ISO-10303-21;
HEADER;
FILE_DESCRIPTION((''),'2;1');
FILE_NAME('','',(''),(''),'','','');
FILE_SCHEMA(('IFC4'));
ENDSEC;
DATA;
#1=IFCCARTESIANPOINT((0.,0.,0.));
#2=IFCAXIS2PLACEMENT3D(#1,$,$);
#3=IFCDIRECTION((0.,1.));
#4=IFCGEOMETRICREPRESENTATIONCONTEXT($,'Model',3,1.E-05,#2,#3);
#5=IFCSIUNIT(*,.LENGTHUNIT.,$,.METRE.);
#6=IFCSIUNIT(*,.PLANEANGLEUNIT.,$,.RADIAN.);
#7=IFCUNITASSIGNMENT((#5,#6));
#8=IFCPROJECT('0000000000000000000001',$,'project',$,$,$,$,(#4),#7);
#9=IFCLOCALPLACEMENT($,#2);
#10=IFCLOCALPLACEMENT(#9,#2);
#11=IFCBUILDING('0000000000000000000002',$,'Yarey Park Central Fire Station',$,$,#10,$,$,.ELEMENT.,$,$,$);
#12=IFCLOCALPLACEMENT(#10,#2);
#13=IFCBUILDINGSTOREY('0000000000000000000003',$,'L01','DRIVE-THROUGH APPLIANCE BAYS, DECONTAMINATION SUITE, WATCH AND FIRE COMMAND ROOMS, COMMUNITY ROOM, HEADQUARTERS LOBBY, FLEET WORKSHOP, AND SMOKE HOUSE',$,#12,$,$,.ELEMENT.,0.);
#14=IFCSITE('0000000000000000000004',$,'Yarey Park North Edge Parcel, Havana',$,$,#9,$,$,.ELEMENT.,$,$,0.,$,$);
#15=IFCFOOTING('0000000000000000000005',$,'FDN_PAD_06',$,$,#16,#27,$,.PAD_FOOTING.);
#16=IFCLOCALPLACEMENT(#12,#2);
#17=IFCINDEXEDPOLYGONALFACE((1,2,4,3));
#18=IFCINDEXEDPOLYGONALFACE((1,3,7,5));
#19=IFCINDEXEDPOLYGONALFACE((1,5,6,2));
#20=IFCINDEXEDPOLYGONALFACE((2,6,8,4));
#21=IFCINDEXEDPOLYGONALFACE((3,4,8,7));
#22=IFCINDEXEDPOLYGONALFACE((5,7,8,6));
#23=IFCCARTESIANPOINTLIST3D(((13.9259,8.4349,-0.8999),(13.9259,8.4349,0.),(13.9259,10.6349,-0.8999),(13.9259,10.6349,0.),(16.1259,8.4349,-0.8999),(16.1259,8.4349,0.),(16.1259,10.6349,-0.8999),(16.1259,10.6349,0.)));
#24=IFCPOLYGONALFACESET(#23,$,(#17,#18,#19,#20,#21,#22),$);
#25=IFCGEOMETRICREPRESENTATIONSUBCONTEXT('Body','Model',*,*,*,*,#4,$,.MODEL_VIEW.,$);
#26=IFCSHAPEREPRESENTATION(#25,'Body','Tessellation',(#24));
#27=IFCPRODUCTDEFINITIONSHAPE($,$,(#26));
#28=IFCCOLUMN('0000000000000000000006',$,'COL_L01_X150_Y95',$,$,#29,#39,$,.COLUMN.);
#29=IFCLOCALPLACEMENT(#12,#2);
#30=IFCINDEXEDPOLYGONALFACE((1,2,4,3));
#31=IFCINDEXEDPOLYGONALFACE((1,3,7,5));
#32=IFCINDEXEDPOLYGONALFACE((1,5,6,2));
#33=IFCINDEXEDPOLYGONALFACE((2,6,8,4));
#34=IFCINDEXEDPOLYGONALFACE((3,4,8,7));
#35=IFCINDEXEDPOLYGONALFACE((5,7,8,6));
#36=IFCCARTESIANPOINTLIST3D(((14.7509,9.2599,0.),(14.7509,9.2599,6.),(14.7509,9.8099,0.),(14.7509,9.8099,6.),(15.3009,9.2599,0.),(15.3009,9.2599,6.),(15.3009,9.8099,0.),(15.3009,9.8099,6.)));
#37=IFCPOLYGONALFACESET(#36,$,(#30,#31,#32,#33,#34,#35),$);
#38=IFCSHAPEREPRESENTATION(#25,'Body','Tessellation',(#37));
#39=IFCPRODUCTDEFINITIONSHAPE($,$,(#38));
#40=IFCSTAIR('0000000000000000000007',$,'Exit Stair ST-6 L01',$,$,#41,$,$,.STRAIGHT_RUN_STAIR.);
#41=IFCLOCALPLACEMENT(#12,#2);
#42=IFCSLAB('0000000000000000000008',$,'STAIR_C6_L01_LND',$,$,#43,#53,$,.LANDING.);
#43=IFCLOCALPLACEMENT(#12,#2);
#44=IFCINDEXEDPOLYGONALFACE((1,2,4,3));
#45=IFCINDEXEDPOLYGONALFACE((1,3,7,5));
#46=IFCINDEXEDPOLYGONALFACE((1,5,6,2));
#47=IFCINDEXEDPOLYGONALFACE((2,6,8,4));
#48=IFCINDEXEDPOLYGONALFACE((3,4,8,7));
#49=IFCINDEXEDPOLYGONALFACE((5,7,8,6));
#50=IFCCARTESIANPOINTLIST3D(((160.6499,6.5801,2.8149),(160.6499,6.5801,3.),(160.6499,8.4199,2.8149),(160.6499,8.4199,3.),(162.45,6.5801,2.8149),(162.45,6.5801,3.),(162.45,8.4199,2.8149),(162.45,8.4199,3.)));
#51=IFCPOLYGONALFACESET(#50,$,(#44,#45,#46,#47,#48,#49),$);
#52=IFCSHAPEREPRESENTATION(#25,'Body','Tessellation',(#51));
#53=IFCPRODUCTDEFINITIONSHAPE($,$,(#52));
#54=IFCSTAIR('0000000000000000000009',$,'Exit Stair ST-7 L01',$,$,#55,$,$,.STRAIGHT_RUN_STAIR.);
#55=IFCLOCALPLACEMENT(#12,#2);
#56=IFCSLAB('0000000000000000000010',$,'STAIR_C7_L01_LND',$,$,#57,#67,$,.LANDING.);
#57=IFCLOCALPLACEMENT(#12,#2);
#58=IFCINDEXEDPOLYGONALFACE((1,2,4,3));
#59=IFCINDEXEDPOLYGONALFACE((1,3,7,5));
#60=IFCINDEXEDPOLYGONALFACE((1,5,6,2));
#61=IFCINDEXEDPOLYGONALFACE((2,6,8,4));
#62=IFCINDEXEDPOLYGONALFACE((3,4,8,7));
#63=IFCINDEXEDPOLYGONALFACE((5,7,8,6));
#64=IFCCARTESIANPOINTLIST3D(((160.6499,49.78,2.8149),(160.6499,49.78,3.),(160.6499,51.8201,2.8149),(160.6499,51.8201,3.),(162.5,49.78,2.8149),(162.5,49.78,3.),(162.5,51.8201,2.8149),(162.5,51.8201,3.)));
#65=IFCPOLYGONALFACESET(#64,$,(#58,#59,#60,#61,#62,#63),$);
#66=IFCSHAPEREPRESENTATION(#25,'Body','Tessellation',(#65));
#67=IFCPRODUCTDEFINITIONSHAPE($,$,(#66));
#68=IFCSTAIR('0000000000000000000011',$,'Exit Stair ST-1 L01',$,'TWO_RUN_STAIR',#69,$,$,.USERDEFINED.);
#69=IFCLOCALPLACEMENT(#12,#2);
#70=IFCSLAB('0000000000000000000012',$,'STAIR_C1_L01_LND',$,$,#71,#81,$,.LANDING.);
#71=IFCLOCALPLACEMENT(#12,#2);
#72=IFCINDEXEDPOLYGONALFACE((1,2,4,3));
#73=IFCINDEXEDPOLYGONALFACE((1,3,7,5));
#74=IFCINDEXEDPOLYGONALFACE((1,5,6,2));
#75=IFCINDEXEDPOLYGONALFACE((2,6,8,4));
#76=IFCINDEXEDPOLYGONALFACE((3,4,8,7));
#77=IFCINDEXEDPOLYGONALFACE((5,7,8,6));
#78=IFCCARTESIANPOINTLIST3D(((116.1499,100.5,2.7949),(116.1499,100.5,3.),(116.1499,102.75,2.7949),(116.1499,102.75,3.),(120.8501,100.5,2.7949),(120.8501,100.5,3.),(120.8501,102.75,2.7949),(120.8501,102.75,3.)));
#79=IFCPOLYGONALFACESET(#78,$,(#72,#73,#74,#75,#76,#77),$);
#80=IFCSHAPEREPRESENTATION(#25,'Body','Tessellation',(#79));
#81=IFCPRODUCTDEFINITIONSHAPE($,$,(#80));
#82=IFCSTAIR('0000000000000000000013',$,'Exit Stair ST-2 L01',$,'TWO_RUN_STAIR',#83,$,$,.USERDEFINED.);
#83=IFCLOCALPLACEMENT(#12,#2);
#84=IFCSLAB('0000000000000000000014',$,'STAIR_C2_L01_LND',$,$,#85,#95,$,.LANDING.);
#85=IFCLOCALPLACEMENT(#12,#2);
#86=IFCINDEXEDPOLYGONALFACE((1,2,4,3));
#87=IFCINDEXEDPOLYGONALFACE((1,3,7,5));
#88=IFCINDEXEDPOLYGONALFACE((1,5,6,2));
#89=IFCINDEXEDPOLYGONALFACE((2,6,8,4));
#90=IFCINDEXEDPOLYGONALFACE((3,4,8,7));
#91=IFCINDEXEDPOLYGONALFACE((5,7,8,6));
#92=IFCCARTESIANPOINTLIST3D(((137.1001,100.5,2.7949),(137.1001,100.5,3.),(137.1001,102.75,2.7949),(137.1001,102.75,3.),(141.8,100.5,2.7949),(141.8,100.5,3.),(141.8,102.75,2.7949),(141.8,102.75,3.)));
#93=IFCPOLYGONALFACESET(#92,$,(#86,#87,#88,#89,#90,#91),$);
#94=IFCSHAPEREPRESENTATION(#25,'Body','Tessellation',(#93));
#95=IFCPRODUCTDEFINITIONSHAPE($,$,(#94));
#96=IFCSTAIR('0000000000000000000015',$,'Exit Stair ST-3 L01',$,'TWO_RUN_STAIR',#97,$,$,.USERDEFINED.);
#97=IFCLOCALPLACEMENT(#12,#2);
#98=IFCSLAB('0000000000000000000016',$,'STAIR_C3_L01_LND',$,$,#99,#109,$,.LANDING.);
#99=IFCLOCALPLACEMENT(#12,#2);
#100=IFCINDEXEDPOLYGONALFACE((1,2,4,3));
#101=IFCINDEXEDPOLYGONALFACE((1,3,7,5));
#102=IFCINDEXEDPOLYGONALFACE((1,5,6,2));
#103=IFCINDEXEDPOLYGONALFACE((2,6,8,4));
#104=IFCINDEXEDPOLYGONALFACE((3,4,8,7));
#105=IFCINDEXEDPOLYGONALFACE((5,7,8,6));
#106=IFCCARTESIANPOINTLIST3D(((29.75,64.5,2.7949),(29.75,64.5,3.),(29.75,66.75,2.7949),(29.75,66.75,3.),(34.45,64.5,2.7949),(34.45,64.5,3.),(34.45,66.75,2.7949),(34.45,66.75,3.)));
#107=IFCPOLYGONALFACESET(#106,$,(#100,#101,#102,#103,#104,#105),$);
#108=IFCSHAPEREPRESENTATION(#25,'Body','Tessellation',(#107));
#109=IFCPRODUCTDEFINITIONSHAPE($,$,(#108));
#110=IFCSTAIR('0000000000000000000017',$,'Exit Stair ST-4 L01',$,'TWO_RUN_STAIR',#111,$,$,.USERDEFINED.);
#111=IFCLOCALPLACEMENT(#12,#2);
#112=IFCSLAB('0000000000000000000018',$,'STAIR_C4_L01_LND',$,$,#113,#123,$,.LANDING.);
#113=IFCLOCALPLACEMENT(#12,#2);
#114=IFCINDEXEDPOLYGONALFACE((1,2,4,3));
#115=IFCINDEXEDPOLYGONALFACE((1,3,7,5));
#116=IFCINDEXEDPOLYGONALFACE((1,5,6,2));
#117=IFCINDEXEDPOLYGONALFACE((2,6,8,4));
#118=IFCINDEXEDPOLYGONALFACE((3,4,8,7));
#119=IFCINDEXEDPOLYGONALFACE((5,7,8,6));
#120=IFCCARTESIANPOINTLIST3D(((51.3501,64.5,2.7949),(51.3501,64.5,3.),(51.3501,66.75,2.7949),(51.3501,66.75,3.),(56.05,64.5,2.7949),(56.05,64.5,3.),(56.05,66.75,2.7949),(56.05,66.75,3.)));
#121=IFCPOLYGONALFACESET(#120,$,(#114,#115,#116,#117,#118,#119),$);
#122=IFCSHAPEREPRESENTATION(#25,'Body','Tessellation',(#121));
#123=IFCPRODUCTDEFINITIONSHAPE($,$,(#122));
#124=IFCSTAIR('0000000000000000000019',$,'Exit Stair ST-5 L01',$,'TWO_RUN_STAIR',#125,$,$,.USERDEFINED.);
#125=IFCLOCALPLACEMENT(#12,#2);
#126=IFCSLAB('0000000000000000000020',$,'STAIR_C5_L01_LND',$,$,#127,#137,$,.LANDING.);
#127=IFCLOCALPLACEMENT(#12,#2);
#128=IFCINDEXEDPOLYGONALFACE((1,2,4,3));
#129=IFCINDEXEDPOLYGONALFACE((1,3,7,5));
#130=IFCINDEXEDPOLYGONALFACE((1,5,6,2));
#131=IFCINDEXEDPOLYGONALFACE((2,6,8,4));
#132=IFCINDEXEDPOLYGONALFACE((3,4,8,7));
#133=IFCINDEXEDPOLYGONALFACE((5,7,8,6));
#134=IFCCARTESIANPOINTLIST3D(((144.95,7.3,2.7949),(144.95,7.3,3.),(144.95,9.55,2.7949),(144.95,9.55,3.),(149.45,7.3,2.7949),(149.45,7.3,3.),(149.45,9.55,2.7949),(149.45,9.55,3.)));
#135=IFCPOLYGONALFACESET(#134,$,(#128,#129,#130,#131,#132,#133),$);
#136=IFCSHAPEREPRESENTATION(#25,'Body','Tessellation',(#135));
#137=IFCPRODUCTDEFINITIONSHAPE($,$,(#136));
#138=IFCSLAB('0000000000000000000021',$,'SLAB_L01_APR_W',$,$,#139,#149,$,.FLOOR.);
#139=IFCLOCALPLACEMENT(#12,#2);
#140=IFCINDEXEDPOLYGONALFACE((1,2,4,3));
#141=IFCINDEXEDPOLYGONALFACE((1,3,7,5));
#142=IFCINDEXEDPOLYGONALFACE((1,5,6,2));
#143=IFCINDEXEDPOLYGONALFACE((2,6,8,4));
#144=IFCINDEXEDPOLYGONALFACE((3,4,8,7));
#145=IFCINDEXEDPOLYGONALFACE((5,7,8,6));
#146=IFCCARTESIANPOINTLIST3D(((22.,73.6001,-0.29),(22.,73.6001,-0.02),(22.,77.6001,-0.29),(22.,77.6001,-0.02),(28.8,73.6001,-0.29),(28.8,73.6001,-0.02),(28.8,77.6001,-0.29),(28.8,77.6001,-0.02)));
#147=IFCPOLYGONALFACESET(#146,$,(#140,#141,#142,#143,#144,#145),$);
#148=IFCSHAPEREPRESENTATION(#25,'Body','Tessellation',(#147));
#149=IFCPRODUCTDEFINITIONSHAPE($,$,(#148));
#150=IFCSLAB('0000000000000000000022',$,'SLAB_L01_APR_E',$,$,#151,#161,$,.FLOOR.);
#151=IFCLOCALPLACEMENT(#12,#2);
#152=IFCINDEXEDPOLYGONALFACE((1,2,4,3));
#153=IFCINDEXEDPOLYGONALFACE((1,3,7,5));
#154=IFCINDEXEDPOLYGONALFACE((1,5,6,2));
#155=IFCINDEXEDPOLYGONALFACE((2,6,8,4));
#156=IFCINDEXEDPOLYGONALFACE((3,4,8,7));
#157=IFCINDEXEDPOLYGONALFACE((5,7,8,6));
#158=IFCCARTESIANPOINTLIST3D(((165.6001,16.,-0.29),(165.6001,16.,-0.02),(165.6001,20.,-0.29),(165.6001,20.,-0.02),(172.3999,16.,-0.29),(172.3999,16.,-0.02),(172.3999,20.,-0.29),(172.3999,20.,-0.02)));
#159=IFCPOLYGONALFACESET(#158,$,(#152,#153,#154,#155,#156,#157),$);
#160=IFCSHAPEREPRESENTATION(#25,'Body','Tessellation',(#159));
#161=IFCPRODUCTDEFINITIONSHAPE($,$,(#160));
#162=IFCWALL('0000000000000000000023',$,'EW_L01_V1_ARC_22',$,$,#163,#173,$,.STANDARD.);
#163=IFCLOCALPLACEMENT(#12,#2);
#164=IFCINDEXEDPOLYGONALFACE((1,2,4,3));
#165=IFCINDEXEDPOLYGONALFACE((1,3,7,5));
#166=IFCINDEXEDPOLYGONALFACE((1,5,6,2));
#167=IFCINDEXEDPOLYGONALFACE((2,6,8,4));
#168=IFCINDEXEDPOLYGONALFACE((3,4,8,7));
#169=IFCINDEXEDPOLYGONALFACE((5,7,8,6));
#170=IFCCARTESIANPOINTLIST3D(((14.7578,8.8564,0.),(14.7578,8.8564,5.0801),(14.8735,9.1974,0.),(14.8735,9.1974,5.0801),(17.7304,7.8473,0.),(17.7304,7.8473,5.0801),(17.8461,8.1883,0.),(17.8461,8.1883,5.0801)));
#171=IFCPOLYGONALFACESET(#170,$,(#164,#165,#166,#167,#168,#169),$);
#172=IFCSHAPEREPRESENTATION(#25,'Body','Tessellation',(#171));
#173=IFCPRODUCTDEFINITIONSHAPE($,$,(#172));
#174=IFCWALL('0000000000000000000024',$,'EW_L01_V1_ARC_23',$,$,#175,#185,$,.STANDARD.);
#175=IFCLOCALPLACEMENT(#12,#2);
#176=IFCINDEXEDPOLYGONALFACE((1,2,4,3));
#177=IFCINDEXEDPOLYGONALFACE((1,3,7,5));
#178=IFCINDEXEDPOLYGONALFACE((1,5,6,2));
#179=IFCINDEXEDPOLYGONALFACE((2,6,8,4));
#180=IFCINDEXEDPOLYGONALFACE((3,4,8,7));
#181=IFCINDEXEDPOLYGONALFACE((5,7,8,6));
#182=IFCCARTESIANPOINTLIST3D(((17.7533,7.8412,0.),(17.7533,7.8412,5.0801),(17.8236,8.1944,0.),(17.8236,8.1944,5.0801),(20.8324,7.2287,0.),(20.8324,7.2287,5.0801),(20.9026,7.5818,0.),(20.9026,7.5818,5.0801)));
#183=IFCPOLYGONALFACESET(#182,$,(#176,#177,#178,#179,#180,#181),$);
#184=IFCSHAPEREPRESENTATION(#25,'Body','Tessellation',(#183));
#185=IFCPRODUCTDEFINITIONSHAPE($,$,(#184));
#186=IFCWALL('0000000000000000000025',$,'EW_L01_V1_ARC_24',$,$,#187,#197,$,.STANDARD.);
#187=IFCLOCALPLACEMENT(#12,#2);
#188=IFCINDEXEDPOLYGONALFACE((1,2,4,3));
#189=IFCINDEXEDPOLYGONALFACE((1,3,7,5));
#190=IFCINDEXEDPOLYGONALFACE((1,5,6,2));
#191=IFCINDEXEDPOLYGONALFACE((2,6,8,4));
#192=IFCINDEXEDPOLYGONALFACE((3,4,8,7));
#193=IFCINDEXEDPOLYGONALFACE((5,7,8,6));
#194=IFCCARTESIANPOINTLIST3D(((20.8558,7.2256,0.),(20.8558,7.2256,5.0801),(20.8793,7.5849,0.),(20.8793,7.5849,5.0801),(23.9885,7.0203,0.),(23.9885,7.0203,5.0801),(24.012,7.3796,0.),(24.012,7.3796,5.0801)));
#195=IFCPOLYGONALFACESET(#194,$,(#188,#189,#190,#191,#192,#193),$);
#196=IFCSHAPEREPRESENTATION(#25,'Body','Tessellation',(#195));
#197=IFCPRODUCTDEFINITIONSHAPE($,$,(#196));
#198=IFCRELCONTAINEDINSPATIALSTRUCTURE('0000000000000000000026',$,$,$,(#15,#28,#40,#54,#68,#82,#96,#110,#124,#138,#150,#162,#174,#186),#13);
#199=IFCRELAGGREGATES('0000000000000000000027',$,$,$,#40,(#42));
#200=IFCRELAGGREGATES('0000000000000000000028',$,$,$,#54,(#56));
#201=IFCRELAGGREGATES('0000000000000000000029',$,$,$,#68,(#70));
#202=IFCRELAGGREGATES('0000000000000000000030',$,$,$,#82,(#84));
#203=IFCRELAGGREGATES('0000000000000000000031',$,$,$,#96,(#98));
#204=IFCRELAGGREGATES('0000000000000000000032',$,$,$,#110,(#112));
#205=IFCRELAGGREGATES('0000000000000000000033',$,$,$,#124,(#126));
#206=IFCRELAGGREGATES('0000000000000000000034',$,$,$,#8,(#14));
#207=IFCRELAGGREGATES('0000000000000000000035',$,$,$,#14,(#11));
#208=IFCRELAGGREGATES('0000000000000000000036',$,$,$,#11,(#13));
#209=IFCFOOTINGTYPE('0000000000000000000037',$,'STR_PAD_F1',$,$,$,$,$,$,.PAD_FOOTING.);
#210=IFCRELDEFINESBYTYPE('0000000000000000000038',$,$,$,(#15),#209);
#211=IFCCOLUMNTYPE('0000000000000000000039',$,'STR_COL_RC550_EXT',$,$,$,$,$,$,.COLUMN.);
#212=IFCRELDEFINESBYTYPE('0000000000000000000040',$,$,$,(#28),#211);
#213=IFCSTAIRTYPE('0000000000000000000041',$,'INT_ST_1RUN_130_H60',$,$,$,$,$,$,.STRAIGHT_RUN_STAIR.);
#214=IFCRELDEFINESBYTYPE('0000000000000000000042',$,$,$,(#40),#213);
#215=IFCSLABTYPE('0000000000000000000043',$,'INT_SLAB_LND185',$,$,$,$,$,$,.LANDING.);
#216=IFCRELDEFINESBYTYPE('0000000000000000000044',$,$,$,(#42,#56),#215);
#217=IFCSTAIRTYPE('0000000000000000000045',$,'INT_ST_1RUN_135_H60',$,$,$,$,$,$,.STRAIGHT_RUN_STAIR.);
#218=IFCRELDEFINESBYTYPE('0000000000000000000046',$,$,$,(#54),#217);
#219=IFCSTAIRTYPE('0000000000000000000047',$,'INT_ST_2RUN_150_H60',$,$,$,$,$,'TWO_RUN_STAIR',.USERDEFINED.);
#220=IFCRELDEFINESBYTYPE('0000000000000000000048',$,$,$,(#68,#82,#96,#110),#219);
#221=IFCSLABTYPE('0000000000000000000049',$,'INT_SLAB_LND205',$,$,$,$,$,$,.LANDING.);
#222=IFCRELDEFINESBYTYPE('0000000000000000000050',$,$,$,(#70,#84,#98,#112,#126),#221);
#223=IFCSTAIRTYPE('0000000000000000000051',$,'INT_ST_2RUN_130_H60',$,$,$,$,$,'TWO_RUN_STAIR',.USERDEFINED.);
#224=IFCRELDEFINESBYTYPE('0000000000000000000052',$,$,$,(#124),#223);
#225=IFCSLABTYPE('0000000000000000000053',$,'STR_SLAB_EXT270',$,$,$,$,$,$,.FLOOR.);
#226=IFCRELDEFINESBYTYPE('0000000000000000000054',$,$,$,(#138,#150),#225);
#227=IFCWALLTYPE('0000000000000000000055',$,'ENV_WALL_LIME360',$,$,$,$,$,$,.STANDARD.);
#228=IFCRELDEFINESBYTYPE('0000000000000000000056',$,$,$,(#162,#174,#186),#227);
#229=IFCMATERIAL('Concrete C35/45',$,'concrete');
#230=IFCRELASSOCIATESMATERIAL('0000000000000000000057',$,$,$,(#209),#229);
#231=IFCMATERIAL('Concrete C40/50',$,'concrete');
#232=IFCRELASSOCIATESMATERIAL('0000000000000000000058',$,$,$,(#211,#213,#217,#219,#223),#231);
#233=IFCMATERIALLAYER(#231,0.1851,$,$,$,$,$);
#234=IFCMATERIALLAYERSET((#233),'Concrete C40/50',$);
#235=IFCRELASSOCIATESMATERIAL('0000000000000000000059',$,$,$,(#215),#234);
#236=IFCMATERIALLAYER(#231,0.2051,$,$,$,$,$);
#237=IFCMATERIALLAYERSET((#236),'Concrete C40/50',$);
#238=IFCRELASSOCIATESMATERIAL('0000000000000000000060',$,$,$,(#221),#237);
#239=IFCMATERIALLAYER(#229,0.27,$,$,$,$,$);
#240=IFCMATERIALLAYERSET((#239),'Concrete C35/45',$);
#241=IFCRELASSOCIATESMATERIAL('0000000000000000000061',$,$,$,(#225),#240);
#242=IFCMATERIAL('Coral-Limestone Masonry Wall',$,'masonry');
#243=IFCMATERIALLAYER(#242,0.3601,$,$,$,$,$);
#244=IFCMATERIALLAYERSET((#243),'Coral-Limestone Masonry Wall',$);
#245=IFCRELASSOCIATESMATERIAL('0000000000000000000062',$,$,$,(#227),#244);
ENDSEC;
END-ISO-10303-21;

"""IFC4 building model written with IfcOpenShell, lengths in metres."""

from ifc_helpers import new_model, si_unit, direction, frame, frame_2d, origin, origin_2d, place, context, subcontext, project, spatial, polyline, rectangle, outline, extrude, material, layer, layer_set, material_profile, profile_set, type_object, element, aggregate, save


model = new_model("IFC4")

# Units and contexts
model_context = context("Model", 3, precision=1e-05, world=origin(), true_north=direction((0.0, 1.0)))
body_context = subcontext(model_context, "Body", "Model", "MODEL_VIEW")
ifc_project = project(units=[si_unit("LENGTHUNIT", "METRE"), si_unit("PLANEANGLEUNIT", "RADIAN")], contexts=[model_context])

# Site, building, storey
site_placement = place(None, origin())
site = spatial("IfcSite", under=ifc_project, at=site_placement, Name="Yarey Park North Edge Parcel, Havana", CompositionType="ELEMENT", RefElevation=0.0)
building_placement = place(site_placement, origin())
building = spatial("IfcBuilding", under=site, at=building_placement, Name="Yarey Park Central Fire Station", CompositionType="ELEMENT")
storey_placement = place(building_placement, origin())
storey = spatial("IfcBuildingStorey", under=building, at=storey_placement, Name="L01", Description="DRIVE-THROUGH APPLIANCE BAYS, DECONTAMINATION SUITE, WATCH AND FIRE COMMAND ROOMS, COMMUNITY ROOM, HEADQUARTERS LOBBY, FLEET WORKSHOP, AND SMOKE HOUSE", CompositionType="ELEMENT", Elevation=0.0)

# Footing
ifc_material_1 = material(Name="Concrete C35/45", Category="concrete")
footing_type = type_object("IfcFootingType", Name="STR_PAD_F1", PredefinedType="PAD_FOOTING", material=ifc_material_1)
footing_placement = place(storey_placement, frame((15.0259, 9.5349, -0.8999), z_axis=(0.0, 0.0, 1.0), x_axis=(1.0, 0.0, 0.0)))
element("IfcFooting", 1, at=footing_placement, inside=storey, type_object=footing_type, Name="FDN_PAD_06", PredefinedType="PAD_FOOTING", context=body_context, shape_type="SweptSolid", body=[
    extrude(rectangle(XDim=2.2, YDim=2.2, at=origin_2d()), origin(), (0.0, 0.0, 1.0), 0.8999),
])

# Column
ifc_material_2 = material(Name="Concrete C40/50", Category="concrete")
ifc_material_profile = material_profile(ifc_material_2, rectangle(XDim=0.55, YDim=0.55, at=origin_2d()), Name="RC 550x550")
ifc_profile_set = profile_set([ifc_material_profile], Name="Concrete C40/50")
column_type = type_object("IfcColumnType", Name="STR_COL_RC550_EXT", PredefinedType="COLUMN", material=ifc_profile_set)
column_placement = place(storey_placement, frame((15.0259, 9.5349, 0.0), z_axis=(0.0, 0.0, 1.0), x_axis=(1.0, 0.0, 0.0)))
element("IfcColumn", 2, at=column_placement, inside=storey, type_object=column_type, Name="COL_L01_X150_Y95", PredefinedType="COLUMN", context=body_context, shape_type="SweptSolid", body=[
    extrude(rectangle(XDim=0.55, YDim=0.55, at=origin_2d()), origin(), (0.0, 0.0, 1.0), 6.0),
])

# Stairs, slabs
stair_type_1 = type_object("IfcStairType", Name="INT_ST_1RUN_130_H60", PredefinedType="STRAIGHT_RUN_STAIR", material=ifc_material_2)
stair_1_placement = place(storey_placement, origin())
stair_1 = element("IfcStair", 3, at=stair_1_placement, inside=storey, type_object=stair_type_1, Name="Exit Stair ST-6 L01", PredefinedType="STRAIGHT_RUN_STAIR")
ifc_layer_1 = layer(ifc_material_2, 0.1851)
ifc_layer_set_1 = layer_set([ifc_layer_1], Name="Concrete C40/50")
slab_type_1 = type_object("IfcSlabType", Name="INT_SLAB_LND185", PredefinedType="LANDING", material=ifc_layer_set_1)
slab_1_placement = place(storey_placement, frame((0.0, 0.0, 2.8149)))
slab_1 = element("IfcSlab", 4, at=slab_1_placement, type_object=slab_type_1, Name="STAIR_C6_L01_LND", PredefinedType="LANDING", context=body_context, shape_type="SweptSolid", body=[
    extrude(outline(polyline([(160.6499, 6.5801), (162.45, 6.5801), (162.45, 8.4199), (160.6499, 8.4199), (160.6499, 6.5801)])), origin(), (0.0, 0.0, 1.0), 0.1851),
])
aggregate(stair_1, [slab_1])
stair_type_2 = type_object("IfcStairType", Name="INT_ST_1RUN_135_H60", PredefinedType="STRAIGHT_RUN_STAIR", material=ifc_material_2)
stair_2_placement = place(storey_placement, origin())
stair_2 = element("IfcStair", 5, at=stair_2_placement, inside=storey, type_object=stair_type_2, Name="Exit Stair ST-7 L01", PredefinedType="STRAIGHT_RUN_STAIR")
slab_2_placement = place(storey_placement, frame((0.0, 0.0, 2.8149)))
slab_2 = element("IfcSlab", 6, at=slab_2_placement, type_object=slab_type_1, Name="STAIR_C7_L01_LND", PredefinedType="LANDING", context=body_context, shape_type="SweptSolid", body=[
    extrude(outline(polyline([(160.6499, 49.78), (162.5, 49.78), (162.5, 51.8201), (160.6499, 51.8201), (160.6499, 49.78)])), origin(), (0.0, 0.0, 1.0), 0.1851),
])
aggregate(stair_2, [slab_2])
stair_type_3 = type_object("IfcStairType", Name="INT_ST_2RUN_150_H60", ElementType="TWO_RUN_STAIR", PredefinedType="USERDEFINED", material=ifc_material_2)
stair_3_placement = place(storey_placement, origin())
stair_3 = element("IfcStair", 7, at=stair_3_placement, inside=storey, type_object=stair_type_3, Name="Exit Stair ST-1 L01", ObjectType="TWO_RUN_STAIR", PredefinedType="USERDEFINED")
ifc_layer_2 = layer(ifc_material_2, 0.2051)
ifc_layer_set_2 = layer_set([ifc_layer_2], Name="Concrete C40/50")
slab_type_2 = type_object("IfcSlabType", Name="INT_SLAB_LND205", PredefinedType="LANDING", material=ifc_layer_set_2)
slab_3_placement = place(storey_placement, frame((0.0, 0.0, 2.7949)))
slab_3 = element("IfcSlab", 8, at=slab_3_placement, type_object=slab_type_2, Name="STAIR_C1_L01_LND", PredefinedType="LANDING", context=body_context, shape_type="SweptSolid", body=[
    extrude(outline(polyline([(116.1499, 100.5), (120.8501, 100.5), (120.8501, 102.75), (116.1499, 102.75), (116.1499, 100.5)])), origin(), (0.0, 0.0, 1.0), 0.2051),
])
aggregate(stair_3, [slab_3])
stair_4_placement = place(storey_placement, origin())
stair_4 = element("IfcStair", 9, at=stair_4_placement, inside=storey, type_object=stair_type_3, Name="Exit Stair ST-2 L01", ObjectType="TWO_RUN_STAIR", PredefinedType="USERDEFINED")
slab_4_placement = place(storey_placement, frame((0.0, 0.0, 2.7949)))
slab_4 = element("IfcSlab", 10, at=slab_4_placement, type_object=slab_type_2, Name="STAIR_C2_L01_LND", PredefinedType="LANDING", context=body_context, shape_type="SweptSolid", body=[
    extrude(outline(polyline([(137.1001, 100.5), (141.8, 100.5), (141.8, 102.75), (137.1001, 102.75), (137.1001, 100.5)])), origin(), (0.0, 0.0, 1.0), 0.2051),
])
aggregate(stair_4, [slab_4])
stair_5_placement = place(storey_placement, origin())
stair_5 = element("IfcStair", 11, at=stair_5_placement, inside=storey, type_object=stair_type_3, Name="Exit Stair ST-3 L01", ObjectType="TWO_RUN_STAIR", PredefinedType="USERDEFINED")
slab_5_placement = place(storey_placement, frame((0.0, 0.0, 2.7949)))
slab_5 = element("IfcSlab", 12, at=slab_5_placement, type_object=slab_type_2, Name="STAIR_C3_L01_LND", PredefinedType="LANDING", context=body_context, shape_type="SweptSolid", body=[
    extrude(outline(polyline([(29.75, 64.5), (34.45, 64.5), (34.45, 66.75), (29.75, 66.75), (29.75, 64.5)])), origin(), (0.0, 0.0, 1.0), 0.2051),
])
aggregate(stair_5, [slab_5])
stair_6_placement = place(storey_placement, origin())
stair_6 = element("IfcStair", 13, at=stair_6_placement, inside=storey, type_object=stair_type_3, Name="Exit Stair ST-4 L01", ObjectType="TWO_RUN_STAIR", PredefinedType="USERDEFINED")
slab_6_placement = place(storey_placement, frame((0.0, 0.0, 2.7949)))
slab_6 = element("IfcSlab", 14, at=slab_6_placement, type_object=slab_type_2, Name="STAIR_C4_L01_LND", PredefinedType="LANDING", context=body_context, shape_type="SweptSolid", body=[
    extrude(outline(polyline([(51.3501, 64.5), (56.05, 64.5), (56.05, 66.75), (51.3501, 66.75), (51.3501, 64.5)])), origin(), (0.0, 0.0, 1.0), 0.2051),
])
aggregate(stair_6, [slab_6])
stair_type_4 = type_object("IfcStairType", Name="INT_ST_2RUN_130_H60", ElementType="TWO_RUN_STAIR", PredefinedType="USERDEFINED", material=ifc_material_2)
stair_7_placement = place(storey_placement, origin())
stair_7 = element("IfcStair", 15, at=stair_7_placement, inside=storey, type_object=stair_type_4, Name="Exit Stair ST-5 L01", ObjectType="TWO_RUN_STAIR", PredefinedType="USERDEFINED")
slab_7_placement = place(storey_placement, frame((0.0, 0.0, 2.7949)))
slab_7 = element("IfcSlab", 16, at=slab_7_placement, type_object=slab_type_2, Name="STAIR_C5_L01_LND", PredefinedType="LANDING", context=body_context, shape_type="SweptSolid", body=[
    extrude(outline(polyline([(144.95, 7.3), (149.45, 7.3), (149.45, 9.55), (144.95, 9.55), (144.95, 7.3)])), origin(), (0.0, 0.0, 1.0), 0.2051),
])
aggregate(stair_7, [slab_7])

# Slabs
ifc_layer_3 = layer(ifc_material_1, 0.27)
ifc_layer_set_3 = layer_set([ifc_layer_3], Name="Concrete C35/45")
slab_type_3 = type_object("IfcSlabType", Name="STR_SLAB_EXT270", PredefinedType="FLOOR", material=ifc_layer_set_3)
slab_8_placement = place(storey_placement, frame((0.0, 0.0, -0.29)))
element("IfcSlab", 17, at=slab_8_placement, inside=storey, type_object=slab_type_3, Name="SLAB_L01_APR_W", PredefinedType="FLOOR", context=body_context, shape_type="SweptSolid", body=[
    extrude(outline(polyline([(22.0, 73.6001), (28.8, 73.6001), (28.8, 77.6001), (22.0, 77.6001), (22.0, 73.6001)])), origin(), (0.0, 0.0, 1.0), 0.27),
])
slab_9_placement = place(storey_placement, frame((0.0, 0.0, -0.29)))
element("IfcSlab", 18, at=slab_9_placement, inside=storey, type_object=slab_type_3, Name="SLAB_L01_APR_E", PredefinedType="FLOOR", context=body_context, shape_type="SweptSolid", body=[
    extrude(outline(polyline([(165.6001, 16.0), (172.3999, 16.0), (172.3999, 20.0), (165.6001, 20.0), (165.6001, 16.0)])), origin(), (0.0, 0.0, 1.0), 0.27),
])

# Shared definitions
ifc_material_3 = material(Name="Coral-Limestone Masonry Wall", Category="masonry")
ifc_layer_4 = layer(ifc_material_3, 0.3601)
ifc_layer_set_4 = layer_set([ifc_layer_4], Name="Coral-Limestone Masonry Wall")
wall_type = type_object("IfcWallType", Name="ENV_WALL_LIME360", PredefinedType="STANDARD", material=ifc_layer_set_4)

# Walls
wall_1_placement = place(storey_placement, frame((14.8157, 9.0269, 0.0), z_axis=(0.0, 0.0, 1.0), x_axis=(0.946935, -0.321426, 0.0)))
element("IfcWall", 19, at=wall_1_placement, inside=storey, type_object=wall_type, Name="EW_L01_V1_ARC_22", PredefinedType="STANDARD", context=body_context, shape_type="SweptSolid", body=[
    extrude(rectangle(XDim=3.1392, YDim=0.3601, at=frame_2d((1.5696, 0.0))), origin(), (0.0, 0.0, 1.0), 5.0801),
])
for number, where, z_axis, x_axis, name in (
    (20, (17.7883, 8.0178, 0.0), (0.0, 0.0, 1.0), (0.980781, -0.195114, 0.0), "EW_L01_V1_ARC_23"),
    (21, (20.8674, 7.4053, 0.0), (0.0, 0.0, 1.0), (0.997859, -0.065404, 0.0), "EW_L01_V1_ARC_24"),
):
    element("IfcWall", number, at=place(storey_placement, frame(where, z_axis=z_axis, x_axis=x_axis)), inside=storey, type_object=wall_type, Name=name, PredefinedType="STANDARD", context=body_context, shape_type="SweptSolid", body=[
        extrude(rectangle(XDim=3.1394, YDim=0.3601, at=frame_2d((1.5698, 0.0))), origin(), (0.0, 0.0, 1.0), 5.0801),
    ])

save(model, "model.ifc")
